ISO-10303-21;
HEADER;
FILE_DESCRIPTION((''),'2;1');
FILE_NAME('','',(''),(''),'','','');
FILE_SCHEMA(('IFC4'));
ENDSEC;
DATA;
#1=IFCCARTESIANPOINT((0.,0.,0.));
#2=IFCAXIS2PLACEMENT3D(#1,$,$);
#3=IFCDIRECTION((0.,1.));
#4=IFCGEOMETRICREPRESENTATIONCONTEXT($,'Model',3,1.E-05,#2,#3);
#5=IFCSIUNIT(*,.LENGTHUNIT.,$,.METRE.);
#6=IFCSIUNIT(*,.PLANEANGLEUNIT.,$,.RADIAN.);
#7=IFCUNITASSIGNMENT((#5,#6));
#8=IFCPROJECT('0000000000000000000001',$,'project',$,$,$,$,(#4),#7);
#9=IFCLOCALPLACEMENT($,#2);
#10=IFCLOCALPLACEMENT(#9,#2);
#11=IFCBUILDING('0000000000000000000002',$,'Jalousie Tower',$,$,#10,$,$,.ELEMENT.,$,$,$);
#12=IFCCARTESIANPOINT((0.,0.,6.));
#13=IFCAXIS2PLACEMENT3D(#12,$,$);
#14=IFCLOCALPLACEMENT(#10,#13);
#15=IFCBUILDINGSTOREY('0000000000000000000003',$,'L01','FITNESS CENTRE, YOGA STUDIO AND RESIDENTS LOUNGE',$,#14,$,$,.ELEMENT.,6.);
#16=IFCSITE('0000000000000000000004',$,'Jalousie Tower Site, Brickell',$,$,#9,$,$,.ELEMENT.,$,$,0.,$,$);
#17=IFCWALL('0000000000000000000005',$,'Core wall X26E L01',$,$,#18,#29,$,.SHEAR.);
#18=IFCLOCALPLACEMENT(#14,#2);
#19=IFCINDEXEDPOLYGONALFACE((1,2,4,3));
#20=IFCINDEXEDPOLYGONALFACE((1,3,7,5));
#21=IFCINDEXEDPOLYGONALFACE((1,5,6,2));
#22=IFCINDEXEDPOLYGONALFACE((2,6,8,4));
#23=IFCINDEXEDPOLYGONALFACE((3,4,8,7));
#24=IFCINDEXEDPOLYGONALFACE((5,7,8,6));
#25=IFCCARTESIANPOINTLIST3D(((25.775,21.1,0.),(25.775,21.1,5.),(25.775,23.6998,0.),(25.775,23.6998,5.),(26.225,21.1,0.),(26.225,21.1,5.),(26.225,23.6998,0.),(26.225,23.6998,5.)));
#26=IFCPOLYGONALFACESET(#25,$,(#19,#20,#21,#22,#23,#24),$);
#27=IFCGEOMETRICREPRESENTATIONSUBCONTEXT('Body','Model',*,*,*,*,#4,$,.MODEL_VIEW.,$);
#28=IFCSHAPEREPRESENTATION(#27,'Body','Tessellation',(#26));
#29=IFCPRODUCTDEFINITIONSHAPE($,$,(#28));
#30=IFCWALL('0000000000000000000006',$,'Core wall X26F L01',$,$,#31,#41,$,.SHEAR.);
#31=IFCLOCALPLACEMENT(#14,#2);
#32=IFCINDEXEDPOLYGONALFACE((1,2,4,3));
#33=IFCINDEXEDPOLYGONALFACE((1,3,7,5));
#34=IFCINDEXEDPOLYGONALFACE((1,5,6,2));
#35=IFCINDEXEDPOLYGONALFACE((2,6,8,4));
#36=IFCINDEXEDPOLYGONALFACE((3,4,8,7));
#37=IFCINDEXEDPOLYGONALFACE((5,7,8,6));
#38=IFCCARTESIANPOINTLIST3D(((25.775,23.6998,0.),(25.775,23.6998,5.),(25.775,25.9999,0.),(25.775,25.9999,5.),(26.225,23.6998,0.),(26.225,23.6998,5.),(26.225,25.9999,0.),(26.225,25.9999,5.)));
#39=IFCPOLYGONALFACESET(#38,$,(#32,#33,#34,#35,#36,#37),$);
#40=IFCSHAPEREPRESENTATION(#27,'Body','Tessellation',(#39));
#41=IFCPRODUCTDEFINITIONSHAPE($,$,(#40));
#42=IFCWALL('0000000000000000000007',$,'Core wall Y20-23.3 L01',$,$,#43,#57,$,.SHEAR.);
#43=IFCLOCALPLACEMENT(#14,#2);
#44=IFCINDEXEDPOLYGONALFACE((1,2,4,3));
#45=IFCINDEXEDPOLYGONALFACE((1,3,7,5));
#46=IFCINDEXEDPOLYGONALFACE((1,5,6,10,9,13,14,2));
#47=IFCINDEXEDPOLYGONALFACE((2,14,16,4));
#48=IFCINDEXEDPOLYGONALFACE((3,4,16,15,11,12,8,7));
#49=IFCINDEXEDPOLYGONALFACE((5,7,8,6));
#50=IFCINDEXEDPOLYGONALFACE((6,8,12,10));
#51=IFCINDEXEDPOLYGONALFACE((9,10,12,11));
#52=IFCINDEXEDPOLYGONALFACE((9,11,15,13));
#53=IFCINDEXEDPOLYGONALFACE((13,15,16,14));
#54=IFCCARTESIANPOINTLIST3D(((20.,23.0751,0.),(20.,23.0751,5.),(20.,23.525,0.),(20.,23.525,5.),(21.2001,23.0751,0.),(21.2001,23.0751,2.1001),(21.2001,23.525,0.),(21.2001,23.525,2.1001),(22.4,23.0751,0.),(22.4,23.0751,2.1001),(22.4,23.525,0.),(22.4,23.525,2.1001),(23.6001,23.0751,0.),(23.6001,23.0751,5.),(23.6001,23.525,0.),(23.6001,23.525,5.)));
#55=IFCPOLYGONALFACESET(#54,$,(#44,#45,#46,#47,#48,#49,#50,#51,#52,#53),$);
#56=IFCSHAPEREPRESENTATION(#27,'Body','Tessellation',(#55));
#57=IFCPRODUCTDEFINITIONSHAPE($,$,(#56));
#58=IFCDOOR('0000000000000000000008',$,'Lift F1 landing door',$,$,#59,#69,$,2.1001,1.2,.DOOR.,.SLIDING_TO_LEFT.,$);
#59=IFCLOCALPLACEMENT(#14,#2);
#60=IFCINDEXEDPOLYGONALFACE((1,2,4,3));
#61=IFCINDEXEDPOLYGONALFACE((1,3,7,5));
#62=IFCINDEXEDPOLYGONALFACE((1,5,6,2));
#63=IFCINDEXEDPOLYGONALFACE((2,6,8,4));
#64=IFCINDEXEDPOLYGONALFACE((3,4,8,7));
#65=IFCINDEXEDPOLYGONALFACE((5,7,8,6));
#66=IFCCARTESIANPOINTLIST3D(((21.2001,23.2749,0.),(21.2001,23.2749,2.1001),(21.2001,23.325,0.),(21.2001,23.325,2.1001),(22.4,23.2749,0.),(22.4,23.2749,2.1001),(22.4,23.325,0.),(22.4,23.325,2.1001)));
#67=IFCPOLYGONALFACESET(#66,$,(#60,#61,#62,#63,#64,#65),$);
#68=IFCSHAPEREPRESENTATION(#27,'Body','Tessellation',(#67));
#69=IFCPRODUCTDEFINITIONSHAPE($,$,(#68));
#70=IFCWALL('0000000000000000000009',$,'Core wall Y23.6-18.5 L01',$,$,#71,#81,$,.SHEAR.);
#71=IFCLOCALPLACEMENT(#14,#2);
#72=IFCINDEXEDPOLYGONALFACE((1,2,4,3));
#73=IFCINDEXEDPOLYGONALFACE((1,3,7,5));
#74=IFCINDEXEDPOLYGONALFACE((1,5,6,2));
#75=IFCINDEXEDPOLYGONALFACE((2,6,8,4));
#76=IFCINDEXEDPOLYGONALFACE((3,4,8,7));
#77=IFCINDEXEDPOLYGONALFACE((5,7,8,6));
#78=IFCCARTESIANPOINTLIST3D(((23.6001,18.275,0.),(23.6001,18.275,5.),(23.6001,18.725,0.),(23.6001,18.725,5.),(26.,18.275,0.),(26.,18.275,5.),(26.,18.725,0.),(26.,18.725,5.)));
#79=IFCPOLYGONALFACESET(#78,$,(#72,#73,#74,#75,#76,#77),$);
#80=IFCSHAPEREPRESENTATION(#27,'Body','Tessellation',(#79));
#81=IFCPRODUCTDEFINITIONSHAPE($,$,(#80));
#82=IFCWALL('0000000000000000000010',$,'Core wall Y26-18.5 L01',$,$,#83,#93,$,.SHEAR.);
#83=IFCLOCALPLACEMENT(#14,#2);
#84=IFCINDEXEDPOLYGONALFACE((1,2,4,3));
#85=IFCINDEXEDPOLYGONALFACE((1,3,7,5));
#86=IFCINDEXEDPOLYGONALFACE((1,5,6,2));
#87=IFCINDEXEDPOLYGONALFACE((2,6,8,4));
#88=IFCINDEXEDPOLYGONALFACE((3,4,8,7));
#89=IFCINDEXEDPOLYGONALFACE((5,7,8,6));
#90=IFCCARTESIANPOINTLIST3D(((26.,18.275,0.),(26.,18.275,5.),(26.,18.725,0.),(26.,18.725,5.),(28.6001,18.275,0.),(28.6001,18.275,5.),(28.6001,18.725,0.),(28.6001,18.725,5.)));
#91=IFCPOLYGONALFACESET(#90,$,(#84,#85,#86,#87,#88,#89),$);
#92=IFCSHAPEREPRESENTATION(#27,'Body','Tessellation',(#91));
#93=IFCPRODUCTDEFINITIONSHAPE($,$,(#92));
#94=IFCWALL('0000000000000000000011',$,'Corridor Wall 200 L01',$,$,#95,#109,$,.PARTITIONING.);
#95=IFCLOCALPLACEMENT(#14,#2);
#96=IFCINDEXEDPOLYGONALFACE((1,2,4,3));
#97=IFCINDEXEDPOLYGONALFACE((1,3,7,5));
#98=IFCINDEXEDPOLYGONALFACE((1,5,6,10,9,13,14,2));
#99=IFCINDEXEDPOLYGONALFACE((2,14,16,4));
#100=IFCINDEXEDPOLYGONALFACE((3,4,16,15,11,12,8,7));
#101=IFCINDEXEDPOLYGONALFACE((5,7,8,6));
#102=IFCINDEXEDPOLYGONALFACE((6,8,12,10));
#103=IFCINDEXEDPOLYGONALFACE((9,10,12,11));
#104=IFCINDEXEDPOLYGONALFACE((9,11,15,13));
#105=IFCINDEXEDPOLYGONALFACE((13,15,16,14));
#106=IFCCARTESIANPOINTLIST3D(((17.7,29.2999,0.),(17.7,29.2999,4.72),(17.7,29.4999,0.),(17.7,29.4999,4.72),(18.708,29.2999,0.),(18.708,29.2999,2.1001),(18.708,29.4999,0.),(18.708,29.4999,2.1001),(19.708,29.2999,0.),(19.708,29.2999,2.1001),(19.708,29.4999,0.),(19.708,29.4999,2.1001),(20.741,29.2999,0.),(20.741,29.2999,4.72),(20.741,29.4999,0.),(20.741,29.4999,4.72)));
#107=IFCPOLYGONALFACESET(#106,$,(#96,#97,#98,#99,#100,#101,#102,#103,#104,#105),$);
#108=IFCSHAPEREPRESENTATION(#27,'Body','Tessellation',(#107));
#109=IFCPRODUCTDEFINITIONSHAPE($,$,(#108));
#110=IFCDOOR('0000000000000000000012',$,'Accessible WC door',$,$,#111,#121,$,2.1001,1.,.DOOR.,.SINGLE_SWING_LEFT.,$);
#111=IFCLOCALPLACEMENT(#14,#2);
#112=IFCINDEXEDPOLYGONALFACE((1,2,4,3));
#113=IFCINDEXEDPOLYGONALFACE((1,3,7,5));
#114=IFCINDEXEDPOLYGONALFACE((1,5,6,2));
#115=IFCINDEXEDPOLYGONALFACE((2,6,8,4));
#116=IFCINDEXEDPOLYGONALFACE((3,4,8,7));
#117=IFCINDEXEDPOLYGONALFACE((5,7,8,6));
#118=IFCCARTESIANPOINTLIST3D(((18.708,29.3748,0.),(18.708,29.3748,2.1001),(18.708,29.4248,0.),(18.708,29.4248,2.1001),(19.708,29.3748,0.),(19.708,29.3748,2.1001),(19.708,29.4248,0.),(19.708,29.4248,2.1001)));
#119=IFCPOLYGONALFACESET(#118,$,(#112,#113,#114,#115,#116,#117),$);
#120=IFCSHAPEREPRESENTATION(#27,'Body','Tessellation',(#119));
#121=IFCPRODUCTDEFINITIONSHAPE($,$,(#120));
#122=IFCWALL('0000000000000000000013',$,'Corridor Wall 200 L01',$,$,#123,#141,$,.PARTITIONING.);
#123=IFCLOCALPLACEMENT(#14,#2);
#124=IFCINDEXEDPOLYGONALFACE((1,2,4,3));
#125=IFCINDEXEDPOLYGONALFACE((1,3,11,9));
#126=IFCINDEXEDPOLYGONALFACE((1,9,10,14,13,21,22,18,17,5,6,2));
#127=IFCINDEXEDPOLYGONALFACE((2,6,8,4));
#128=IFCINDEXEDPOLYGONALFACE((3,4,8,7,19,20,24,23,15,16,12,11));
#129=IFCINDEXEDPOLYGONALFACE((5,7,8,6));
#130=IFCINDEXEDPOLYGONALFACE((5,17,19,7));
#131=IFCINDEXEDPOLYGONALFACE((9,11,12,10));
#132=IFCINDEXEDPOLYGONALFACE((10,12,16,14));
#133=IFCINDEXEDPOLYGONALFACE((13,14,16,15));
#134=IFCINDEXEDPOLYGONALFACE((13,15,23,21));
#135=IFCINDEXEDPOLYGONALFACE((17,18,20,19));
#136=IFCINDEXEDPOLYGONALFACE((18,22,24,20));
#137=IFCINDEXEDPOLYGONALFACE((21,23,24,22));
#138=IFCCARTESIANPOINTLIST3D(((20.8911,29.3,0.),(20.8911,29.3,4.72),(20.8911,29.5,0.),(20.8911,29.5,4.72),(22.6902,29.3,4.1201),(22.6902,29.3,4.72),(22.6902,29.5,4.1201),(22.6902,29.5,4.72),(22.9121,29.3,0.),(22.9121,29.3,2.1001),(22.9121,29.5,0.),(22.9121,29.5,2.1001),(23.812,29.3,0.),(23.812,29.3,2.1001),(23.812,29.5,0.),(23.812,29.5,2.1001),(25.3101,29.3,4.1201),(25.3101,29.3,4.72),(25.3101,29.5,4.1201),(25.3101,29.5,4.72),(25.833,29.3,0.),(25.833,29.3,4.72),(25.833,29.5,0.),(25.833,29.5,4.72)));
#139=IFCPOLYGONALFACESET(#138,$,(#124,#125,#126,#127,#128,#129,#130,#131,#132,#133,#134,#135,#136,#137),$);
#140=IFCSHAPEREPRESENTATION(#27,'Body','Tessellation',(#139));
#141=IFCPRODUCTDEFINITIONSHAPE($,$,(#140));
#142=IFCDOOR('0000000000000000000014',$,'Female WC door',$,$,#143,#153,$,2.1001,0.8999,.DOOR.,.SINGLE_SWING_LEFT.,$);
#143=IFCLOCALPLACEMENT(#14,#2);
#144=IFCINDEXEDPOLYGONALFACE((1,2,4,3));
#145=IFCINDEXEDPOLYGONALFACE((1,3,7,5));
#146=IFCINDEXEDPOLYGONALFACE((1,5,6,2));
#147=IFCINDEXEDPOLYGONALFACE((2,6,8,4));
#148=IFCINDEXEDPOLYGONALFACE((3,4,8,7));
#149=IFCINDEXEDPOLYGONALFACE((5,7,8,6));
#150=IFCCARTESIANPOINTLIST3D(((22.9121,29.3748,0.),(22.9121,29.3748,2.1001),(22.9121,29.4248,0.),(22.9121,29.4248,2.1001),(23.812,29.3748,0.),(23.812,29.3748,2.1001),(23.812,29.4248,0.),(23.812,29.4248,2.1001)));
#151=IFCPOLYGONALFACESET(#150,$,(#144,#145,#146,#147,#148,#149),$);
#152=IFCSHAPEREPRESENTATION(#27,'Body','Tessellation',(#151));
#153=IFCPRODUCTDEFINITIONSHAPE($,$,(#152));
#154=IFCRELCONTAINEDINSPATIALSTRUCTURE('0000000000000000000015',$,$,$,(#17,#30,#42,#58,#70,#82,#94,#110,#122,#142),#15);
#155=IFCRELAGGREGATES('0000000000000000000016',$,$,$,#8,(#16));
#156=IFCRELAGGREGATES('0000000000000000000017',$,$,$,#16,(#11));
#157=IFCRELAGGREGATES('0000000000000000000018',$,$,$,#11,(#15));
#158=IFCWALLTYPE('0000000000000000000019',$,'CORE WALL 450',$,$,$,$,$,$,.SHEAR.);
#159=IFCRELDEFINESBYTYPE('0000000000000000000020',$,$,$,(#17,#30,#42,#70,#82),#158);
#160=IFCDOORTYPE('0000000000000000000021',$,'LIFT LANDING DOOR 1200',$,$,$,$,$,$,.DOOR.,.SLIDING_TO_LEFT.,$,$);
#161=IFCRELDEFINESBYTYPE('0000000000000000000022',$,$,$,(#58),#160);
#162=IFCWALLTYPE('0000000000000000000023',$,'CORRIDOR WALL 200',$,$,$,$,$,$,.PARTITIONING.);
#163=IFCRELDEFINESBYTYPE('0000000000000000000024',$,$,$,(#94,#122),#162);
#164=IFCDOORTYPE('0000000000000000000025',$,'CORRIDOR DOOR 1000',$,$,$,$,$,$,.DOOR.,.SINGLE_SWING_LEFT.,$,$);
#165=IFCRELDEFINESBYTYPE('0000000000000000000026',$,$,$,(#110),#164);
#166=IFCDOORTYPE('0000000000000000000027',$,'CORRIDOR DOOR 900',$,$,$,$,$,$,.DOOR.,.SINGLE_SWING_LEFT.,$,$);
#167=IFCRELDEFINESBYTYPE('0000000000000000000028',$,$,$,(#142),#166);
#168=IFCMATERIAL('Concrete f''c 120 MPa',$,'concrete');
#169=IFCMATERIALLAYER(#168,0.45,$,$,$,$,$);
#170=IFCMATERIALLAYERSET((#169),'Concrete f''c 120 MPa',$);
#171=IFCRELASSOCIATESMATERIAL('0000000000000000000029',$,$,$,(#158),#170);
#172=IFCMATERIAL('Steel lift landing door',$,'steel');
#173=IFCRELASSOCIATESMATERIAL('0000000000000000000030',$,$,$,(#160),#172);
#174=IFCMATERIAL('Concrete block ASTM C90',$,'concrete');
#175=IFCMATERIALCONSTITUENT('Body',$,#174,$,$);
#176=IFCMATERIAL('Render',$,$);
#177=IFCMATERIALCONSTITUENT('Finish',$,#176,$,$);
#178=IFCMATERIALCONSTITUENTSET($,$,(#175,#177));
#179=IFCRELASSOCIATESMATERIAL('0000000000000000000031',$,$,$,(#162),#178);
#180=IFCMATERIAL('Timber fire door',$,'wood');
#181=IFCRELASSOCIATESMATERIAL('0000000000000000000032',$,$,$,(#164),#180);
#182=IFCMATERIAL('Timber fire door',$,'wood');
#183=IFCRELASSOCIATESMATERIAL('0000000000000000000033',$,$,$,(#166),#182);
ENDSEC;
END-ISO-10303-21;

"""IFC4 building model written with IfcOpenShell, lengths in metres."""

from ifc_helpers import new_model, si_unit, direction, frame, frame_2d, origin, place, context, subcontext, project, spatial, polyline, rectangle, outline, extrude, material, layer, layer_set, constituent, constituent_set, type_object, element, fill, save


model = new_model("IFC4")

# Units and contexts
model_context = context("Model", 3, precision=1e-05, world=origin(), true_north=direction((0.0, 1.0)))
body_context = subcontext(model_context, "Body", "Model", "MODEL_VIEW")
ifc_project = project(units=[si_unit("LENGTHUNIT", "METRE"), si_unit("PLANEANGLEUNIT", "RADIAN")], contexts=[model_context])

# Site, building, storey
site_placement = place(None, origin())
site = spatial("IfcSite", under=ifc_project, at=site_placement, Name="Jalousie Tower Site, Brickell", CompositionType="ELEMENT", RefElevation=0.0)
building_placement = place(site_placement, origin())
building = spatial("IfcBuilding", under=site, at=building_placement, Name="Jalousie Tower", CompositionType="ELEMENT")
storey_placement = place(building_placement, frame((0.0, 0.0, 6.0)))
storey = spatial("IfcBuildingStorey", under=building, at=storey_placement, Name="L01", Description="FITNESS CENTRE, YOGA STUDIO AND RESIDENTS LOUNGE", CompositionType="ELEMENT", Elevation=6.0)

# Walls
ifc_material_1 = material(Name="Concrete f'c 120 MPa", Category="concrete")
ifc_layer_1 = layer(ifc_material_1, 0.45)
ifc_layer_set_1 = layer_set([ifc_layer_1], Name="Concrete f'c 120 MPa")
wall_type_1 = type_object("IfcWallType", Name="CORE WALL 450", PredefinedType="SHEAR", material=ifc_layer_set_1)
wall_1_placement = place(storey_placement, frame((26.0, 21.1001, 0.0), z_axis=(0.0, 0.0, 1.0), x_axis=(0.0, 1.0, 0.0)))
element("IfcWall", 1, at=wall_1_placement, inside=storey, type_object=wall_type_1, Name="Core wall X26E L01", PredefinedType="SHEAR", context=body_context, shape_type="SweptSolid", body=[
    extrude(rectangle(XDim=2.5999, YDim=0.45, at=frame_2d((1.2998, 0.0))), origin(), (0.0, 0.0, 1.0), 5.0),
])
wall_2_placement = place(storey_placement, frame((26.0, 23.7, 0.0), z_axis=(0.0, 0.0, 1.0), x_axis=(0.0, 1.0, 0.0)))
element("IfcWall", 2, at=wall_2_placement, inside=storey, type_object=wall_type_1, Name="Core wall X26F L01", PredefinedType="SHEAR", context=body_context, shape_type="SweptSolid", body=[
    extrude(rectangle(XDim=2.3, YDim=0.45, at=frame_2d((1.1499, 0.0))), origin(), (0.0, 0.0, 1.0), 5.0),
])

# Wall, opening, door
wall_3_placement = place(storey_placement, frame((20.0, 23.3, 0.0), z_axis=(0.0, 0.0, 1.0), x_axis=(1.0, 0.0, 0.0)))
wall_3 = element("IfcWall", 3, at=wall_3_placement, inside=storey, type_object=wall_type_1, Name="Core wall Y20-23.3 L01", PredefinedType="SHEAR", context=body_context, shape_type="SweptSolid", body=[
    extrude(rectangle(XDim=3.6001, YDim=0.45, at=frame_2d((1.8, 0.0))), origin(), (0.0, 0.0, 1.0), 5.0),
])
opening_1_placement = place(wall_3_placement, frame((1.2, 0.0, 0.0)))
opening_1 = element("IfcOpeningElement", 4, at=opening_1_placement, cuts=wall_3, PredefinedType="OPENING", context=body_context, shape_type="SweptSolid", body=[
    extrude(rectangle(XDim=1.2, YDim=2.1001, at=frame_2d((0.6001, 1.05))), frame((0.0, 0.2349, 0.0), z_axis=(0.0, -1.0, 0.0), x_axis=(1.0, 0.0, 0.0)), (0.0, 0.0, 1.0), 0.47),
])
ifc_material_2 = material(Name="Steel lift landing door", Category="steel")
door_type_1 = type_object("IfcDoorType", Name="LIFT LANDING DOOR 1200", OperationType="SLIDING_TO_LEFT", PredefinedType="DOOR", material=ifc_material_2)
door_1_placement = place(opening_1_placement, origin())
door_1 = element("IfcDoor", 5, at=door_1_placement, inside=storey, type_object=door_type_1, Name="Lift F1 landing door", OperationType="SLIDING_TO_LEFT", OverallHeight=2.1001, OverallWidth=1.2, PredefinedType="DOOR", context=body_context, shape_type="SweptSolid", body=[
    extrude(rectangle(XDim=1.2, YDim=2.1001, at=frame_2d((0.6001, 1.05))), frame((0.0, 0.0249, 0.0), z_axis=(0.0, -1.0, 0.0), x_axis=(1.0, 0.0, 0.0)), (0.0, 0.0, 1.0), 0.05),
])
fill(opening_1, door_1)

# Walls
wall_4_placement = place(storey_placement, frame((23.6001, 18.5, 0.0), z_axis=(0.0, 0.0, 1.0), x_axis=(1.0, 0.0, 0.0)))
element("IfcWall", 6, at=wall_4_placement, inside=storey, type_object=wall_type_1, Name="Core wall Y23.6-18.5 L01", PredefinedType="SHEAR", context=body_context, shape_type="SweptSolid", body=[
    extrude(rectangle(XDim=2.3999, YDim=0.45, at=frame_2d((1.2, 0.0))), origin(), (0.0, 0.0, 1.0), 5.0),
])
wall_5_placement = place(storey_placement, frame((26.0, 18.5, 0.0), z_axis=(0.0, 0.0, 1.0), x_axis=(1.0, 0.0, 0.0)))
element("IfcWall", 7, at=wall_5_placement, inside=storey, type_object=wall_type_1, Name="Core wall Y26-18.5 L01", PredefinedType="SHEAR", context=body_context, shape_type="SweptSolid", body=[
    extrude(rectangle(XDim=2.6001, YDim=0.45, at=frame_2d((1.3, 0.0))), origin(), (0.0, 0.0, 1.0), 5.0),
])

# Walls, openings, doors
ifc_material_3 = material(Name="Concrete block ASTM C90", Category="concrete")
ifc_constituent_1 = constituent(ifc_material_3, Name="Body")
ifc_material_4 = material(Name="Render")
ifc_constituent_2 = constituent(ifc_material_4, Name="Finish")
ifc_constituent_set_1 = constituent_set(constituents=[ifc_constituent_1, ifc_constituent_2])
wall_type_2 = type_object("IfcWallType", Name="CORRIDOR WALL 200", PredefinedType="PARTITIONING", material=ifc_constituent_set_1)
wall_6_placement = place(storey_placement, frame((17.7, 29.3999, 0.0), z_axis=(0.0, 0.0, 1.0), x_axis=(1.0, 0.0, 0.0)))
wall_6 = element("IfcWall", 8, at=wall_6_placement, inside=storey, type_object=wall_type_2, Name="Corridor Wall 200 L01", PredefinedType="PARTITIONING", context=body_context, shape_type="SweptSolid", body=[
    extrude(rectangle(XDim=3.041, YDim=0.2, at=frame_2d((1.5205, 0.0))), origin(), (0.0, 0.0, 1.0), 4.72),
])
opening_2_placement = place(wall_6_placement, frame((1.0081, 0.0, 0.0)))
opening_2 = element("IfcOpeningElement", 9, at=opening_2_placement, cuts=wall_6, PredefinedType="OPENING", context=body_context, shape_type="SweptSolid", body=[
    extrude(rectangle(XDim=1.0, YDim=2.1001, at=frame_2d((0.5, 1.05))), frame((0.0, 0.1099, 0.0), z_axis=(0.0, -1.0, 0.0), x_axis=(1.0, 0.0, 0.0)), (0.0, 0.0, 1.0), 0.22),
])
ifc_material_5 = material(Name="Timber fire door", Category="wood")
door_type_2 = type_object("IfcDoorType", Name="CORRIDOR DOOR 1000", OperationType="SINGLE_SWING_LEFT", PredefinedType="DOOR", material=ifc_material_5)
door_2_placement = place(opening_2_placement, origin())
door_2 = element("IfcDoor", 10, at=door_2_placement, inside=storey, type_object=door_type_2, Name="Accessible WC door", OperationType="SINGLE_SWING_LEFT", OverallHeight=2.1001, OverallWidth=1.0, PredefinedType="DOOR", context=body_context, shape_type="SweptSolid", body=[
    extrude(rectangle(XDim=1.0, YDim=2.1001, at=frame_2d((0.5, 1.05))), frame((0.0, 0.0249, 0.0), z_axis=(0.0, -1.0, 0.0), x_axis=(1.0, 0.0, 0.0)), (0.0, 0.0, 1.0), 0.05),
])
fill(opening_2, door_2)
wall_7_placement = place(storey_placement, frame((20.8911, 29.3999, 0.0), z_axis=(0.0, 0.0, 1.0), x_axis=(1.0, 0.0, 0.0)))
wall_7 = element("IfcWall", 11, at=wall_7_placement, inside=storey, type_object=wall_type_2, Name="Corridor Wall 200 L01", PredefinedType="PARTITIONING", context=body_context, shape_type="SweptSolid", body=[
    extrude(outline(polyline([(0.0, 0.0), (4.9419, 0.0), (4.9419, 4.72), (4.4189, 4.72), (4.4189, 4.1201), (1.7991, 4.1201), (1.7991, 4.72), (0.0, 4.72), (0.0, 0.0)])), frame((0.0, 0.1001, 0.0), z_axis=(0.0, -1.0, 0.0), x_axis=(1.0, 0.0, 0.0)), (0.0, 0.0, 1.0), 0.2),
])
opening_3_placement = place(wall_7_placement, frame((2.021, 0.0, 0.0)))
opening_3 = element("IfcOpeningElement", 12, at=opening_3_placement, cuts=wall_7, PredefinedType="OPENING", context=body_context, shape_type="SweptSolid", body=[
    extrude(rectangle(XDim=0.8999, YDim=2.1001, at=frame_2d((0.45, 1.05))), frame((0.0, 0.1099, 0.0), z_axis=(0.0, -1.0, 0.0), x_axis=(1.0, 0.0, 0.0)), (0.0, 0.0, 1.0), 0.22),
])
ifc_material_6 = material(Name="Timber fire door", Category="wood")
door_type_3 = type_object("IfcDoorType", Name="CORRIDOR DOOR 900", OperationType="SINGLE_SWING_LEFT", PredefinedType="DOOR", material=ifc_material_6)
door_3_placement = place(opening_3_placement, origin())
door_3 = element("IfcDoor", 13, at=door_3_placement, inside=storey, type_object=door_type_3, Name="Female WC door", OperationType="SINGLE_SWING_LEFT", OverallHeight=2.1001, OverallWidth=0.8999, PredefinedType="DOOR", context=body_context, shape_type="SweptSolid", body=[
    extrude(rectangle(XDim=0.8999, YDim=2.1001, at=frame_2d((0.45, 1.05))), frame((0.0, 0.0249, 0.0), z_axis=(0.0, -1.0, 0.0), x_axis=(1.0, 0.0, 0.0)), (0.0, 0.0, 1.0), 0.05),
])
fill(opening_3, door_3)

save(model, "model.ifc")
